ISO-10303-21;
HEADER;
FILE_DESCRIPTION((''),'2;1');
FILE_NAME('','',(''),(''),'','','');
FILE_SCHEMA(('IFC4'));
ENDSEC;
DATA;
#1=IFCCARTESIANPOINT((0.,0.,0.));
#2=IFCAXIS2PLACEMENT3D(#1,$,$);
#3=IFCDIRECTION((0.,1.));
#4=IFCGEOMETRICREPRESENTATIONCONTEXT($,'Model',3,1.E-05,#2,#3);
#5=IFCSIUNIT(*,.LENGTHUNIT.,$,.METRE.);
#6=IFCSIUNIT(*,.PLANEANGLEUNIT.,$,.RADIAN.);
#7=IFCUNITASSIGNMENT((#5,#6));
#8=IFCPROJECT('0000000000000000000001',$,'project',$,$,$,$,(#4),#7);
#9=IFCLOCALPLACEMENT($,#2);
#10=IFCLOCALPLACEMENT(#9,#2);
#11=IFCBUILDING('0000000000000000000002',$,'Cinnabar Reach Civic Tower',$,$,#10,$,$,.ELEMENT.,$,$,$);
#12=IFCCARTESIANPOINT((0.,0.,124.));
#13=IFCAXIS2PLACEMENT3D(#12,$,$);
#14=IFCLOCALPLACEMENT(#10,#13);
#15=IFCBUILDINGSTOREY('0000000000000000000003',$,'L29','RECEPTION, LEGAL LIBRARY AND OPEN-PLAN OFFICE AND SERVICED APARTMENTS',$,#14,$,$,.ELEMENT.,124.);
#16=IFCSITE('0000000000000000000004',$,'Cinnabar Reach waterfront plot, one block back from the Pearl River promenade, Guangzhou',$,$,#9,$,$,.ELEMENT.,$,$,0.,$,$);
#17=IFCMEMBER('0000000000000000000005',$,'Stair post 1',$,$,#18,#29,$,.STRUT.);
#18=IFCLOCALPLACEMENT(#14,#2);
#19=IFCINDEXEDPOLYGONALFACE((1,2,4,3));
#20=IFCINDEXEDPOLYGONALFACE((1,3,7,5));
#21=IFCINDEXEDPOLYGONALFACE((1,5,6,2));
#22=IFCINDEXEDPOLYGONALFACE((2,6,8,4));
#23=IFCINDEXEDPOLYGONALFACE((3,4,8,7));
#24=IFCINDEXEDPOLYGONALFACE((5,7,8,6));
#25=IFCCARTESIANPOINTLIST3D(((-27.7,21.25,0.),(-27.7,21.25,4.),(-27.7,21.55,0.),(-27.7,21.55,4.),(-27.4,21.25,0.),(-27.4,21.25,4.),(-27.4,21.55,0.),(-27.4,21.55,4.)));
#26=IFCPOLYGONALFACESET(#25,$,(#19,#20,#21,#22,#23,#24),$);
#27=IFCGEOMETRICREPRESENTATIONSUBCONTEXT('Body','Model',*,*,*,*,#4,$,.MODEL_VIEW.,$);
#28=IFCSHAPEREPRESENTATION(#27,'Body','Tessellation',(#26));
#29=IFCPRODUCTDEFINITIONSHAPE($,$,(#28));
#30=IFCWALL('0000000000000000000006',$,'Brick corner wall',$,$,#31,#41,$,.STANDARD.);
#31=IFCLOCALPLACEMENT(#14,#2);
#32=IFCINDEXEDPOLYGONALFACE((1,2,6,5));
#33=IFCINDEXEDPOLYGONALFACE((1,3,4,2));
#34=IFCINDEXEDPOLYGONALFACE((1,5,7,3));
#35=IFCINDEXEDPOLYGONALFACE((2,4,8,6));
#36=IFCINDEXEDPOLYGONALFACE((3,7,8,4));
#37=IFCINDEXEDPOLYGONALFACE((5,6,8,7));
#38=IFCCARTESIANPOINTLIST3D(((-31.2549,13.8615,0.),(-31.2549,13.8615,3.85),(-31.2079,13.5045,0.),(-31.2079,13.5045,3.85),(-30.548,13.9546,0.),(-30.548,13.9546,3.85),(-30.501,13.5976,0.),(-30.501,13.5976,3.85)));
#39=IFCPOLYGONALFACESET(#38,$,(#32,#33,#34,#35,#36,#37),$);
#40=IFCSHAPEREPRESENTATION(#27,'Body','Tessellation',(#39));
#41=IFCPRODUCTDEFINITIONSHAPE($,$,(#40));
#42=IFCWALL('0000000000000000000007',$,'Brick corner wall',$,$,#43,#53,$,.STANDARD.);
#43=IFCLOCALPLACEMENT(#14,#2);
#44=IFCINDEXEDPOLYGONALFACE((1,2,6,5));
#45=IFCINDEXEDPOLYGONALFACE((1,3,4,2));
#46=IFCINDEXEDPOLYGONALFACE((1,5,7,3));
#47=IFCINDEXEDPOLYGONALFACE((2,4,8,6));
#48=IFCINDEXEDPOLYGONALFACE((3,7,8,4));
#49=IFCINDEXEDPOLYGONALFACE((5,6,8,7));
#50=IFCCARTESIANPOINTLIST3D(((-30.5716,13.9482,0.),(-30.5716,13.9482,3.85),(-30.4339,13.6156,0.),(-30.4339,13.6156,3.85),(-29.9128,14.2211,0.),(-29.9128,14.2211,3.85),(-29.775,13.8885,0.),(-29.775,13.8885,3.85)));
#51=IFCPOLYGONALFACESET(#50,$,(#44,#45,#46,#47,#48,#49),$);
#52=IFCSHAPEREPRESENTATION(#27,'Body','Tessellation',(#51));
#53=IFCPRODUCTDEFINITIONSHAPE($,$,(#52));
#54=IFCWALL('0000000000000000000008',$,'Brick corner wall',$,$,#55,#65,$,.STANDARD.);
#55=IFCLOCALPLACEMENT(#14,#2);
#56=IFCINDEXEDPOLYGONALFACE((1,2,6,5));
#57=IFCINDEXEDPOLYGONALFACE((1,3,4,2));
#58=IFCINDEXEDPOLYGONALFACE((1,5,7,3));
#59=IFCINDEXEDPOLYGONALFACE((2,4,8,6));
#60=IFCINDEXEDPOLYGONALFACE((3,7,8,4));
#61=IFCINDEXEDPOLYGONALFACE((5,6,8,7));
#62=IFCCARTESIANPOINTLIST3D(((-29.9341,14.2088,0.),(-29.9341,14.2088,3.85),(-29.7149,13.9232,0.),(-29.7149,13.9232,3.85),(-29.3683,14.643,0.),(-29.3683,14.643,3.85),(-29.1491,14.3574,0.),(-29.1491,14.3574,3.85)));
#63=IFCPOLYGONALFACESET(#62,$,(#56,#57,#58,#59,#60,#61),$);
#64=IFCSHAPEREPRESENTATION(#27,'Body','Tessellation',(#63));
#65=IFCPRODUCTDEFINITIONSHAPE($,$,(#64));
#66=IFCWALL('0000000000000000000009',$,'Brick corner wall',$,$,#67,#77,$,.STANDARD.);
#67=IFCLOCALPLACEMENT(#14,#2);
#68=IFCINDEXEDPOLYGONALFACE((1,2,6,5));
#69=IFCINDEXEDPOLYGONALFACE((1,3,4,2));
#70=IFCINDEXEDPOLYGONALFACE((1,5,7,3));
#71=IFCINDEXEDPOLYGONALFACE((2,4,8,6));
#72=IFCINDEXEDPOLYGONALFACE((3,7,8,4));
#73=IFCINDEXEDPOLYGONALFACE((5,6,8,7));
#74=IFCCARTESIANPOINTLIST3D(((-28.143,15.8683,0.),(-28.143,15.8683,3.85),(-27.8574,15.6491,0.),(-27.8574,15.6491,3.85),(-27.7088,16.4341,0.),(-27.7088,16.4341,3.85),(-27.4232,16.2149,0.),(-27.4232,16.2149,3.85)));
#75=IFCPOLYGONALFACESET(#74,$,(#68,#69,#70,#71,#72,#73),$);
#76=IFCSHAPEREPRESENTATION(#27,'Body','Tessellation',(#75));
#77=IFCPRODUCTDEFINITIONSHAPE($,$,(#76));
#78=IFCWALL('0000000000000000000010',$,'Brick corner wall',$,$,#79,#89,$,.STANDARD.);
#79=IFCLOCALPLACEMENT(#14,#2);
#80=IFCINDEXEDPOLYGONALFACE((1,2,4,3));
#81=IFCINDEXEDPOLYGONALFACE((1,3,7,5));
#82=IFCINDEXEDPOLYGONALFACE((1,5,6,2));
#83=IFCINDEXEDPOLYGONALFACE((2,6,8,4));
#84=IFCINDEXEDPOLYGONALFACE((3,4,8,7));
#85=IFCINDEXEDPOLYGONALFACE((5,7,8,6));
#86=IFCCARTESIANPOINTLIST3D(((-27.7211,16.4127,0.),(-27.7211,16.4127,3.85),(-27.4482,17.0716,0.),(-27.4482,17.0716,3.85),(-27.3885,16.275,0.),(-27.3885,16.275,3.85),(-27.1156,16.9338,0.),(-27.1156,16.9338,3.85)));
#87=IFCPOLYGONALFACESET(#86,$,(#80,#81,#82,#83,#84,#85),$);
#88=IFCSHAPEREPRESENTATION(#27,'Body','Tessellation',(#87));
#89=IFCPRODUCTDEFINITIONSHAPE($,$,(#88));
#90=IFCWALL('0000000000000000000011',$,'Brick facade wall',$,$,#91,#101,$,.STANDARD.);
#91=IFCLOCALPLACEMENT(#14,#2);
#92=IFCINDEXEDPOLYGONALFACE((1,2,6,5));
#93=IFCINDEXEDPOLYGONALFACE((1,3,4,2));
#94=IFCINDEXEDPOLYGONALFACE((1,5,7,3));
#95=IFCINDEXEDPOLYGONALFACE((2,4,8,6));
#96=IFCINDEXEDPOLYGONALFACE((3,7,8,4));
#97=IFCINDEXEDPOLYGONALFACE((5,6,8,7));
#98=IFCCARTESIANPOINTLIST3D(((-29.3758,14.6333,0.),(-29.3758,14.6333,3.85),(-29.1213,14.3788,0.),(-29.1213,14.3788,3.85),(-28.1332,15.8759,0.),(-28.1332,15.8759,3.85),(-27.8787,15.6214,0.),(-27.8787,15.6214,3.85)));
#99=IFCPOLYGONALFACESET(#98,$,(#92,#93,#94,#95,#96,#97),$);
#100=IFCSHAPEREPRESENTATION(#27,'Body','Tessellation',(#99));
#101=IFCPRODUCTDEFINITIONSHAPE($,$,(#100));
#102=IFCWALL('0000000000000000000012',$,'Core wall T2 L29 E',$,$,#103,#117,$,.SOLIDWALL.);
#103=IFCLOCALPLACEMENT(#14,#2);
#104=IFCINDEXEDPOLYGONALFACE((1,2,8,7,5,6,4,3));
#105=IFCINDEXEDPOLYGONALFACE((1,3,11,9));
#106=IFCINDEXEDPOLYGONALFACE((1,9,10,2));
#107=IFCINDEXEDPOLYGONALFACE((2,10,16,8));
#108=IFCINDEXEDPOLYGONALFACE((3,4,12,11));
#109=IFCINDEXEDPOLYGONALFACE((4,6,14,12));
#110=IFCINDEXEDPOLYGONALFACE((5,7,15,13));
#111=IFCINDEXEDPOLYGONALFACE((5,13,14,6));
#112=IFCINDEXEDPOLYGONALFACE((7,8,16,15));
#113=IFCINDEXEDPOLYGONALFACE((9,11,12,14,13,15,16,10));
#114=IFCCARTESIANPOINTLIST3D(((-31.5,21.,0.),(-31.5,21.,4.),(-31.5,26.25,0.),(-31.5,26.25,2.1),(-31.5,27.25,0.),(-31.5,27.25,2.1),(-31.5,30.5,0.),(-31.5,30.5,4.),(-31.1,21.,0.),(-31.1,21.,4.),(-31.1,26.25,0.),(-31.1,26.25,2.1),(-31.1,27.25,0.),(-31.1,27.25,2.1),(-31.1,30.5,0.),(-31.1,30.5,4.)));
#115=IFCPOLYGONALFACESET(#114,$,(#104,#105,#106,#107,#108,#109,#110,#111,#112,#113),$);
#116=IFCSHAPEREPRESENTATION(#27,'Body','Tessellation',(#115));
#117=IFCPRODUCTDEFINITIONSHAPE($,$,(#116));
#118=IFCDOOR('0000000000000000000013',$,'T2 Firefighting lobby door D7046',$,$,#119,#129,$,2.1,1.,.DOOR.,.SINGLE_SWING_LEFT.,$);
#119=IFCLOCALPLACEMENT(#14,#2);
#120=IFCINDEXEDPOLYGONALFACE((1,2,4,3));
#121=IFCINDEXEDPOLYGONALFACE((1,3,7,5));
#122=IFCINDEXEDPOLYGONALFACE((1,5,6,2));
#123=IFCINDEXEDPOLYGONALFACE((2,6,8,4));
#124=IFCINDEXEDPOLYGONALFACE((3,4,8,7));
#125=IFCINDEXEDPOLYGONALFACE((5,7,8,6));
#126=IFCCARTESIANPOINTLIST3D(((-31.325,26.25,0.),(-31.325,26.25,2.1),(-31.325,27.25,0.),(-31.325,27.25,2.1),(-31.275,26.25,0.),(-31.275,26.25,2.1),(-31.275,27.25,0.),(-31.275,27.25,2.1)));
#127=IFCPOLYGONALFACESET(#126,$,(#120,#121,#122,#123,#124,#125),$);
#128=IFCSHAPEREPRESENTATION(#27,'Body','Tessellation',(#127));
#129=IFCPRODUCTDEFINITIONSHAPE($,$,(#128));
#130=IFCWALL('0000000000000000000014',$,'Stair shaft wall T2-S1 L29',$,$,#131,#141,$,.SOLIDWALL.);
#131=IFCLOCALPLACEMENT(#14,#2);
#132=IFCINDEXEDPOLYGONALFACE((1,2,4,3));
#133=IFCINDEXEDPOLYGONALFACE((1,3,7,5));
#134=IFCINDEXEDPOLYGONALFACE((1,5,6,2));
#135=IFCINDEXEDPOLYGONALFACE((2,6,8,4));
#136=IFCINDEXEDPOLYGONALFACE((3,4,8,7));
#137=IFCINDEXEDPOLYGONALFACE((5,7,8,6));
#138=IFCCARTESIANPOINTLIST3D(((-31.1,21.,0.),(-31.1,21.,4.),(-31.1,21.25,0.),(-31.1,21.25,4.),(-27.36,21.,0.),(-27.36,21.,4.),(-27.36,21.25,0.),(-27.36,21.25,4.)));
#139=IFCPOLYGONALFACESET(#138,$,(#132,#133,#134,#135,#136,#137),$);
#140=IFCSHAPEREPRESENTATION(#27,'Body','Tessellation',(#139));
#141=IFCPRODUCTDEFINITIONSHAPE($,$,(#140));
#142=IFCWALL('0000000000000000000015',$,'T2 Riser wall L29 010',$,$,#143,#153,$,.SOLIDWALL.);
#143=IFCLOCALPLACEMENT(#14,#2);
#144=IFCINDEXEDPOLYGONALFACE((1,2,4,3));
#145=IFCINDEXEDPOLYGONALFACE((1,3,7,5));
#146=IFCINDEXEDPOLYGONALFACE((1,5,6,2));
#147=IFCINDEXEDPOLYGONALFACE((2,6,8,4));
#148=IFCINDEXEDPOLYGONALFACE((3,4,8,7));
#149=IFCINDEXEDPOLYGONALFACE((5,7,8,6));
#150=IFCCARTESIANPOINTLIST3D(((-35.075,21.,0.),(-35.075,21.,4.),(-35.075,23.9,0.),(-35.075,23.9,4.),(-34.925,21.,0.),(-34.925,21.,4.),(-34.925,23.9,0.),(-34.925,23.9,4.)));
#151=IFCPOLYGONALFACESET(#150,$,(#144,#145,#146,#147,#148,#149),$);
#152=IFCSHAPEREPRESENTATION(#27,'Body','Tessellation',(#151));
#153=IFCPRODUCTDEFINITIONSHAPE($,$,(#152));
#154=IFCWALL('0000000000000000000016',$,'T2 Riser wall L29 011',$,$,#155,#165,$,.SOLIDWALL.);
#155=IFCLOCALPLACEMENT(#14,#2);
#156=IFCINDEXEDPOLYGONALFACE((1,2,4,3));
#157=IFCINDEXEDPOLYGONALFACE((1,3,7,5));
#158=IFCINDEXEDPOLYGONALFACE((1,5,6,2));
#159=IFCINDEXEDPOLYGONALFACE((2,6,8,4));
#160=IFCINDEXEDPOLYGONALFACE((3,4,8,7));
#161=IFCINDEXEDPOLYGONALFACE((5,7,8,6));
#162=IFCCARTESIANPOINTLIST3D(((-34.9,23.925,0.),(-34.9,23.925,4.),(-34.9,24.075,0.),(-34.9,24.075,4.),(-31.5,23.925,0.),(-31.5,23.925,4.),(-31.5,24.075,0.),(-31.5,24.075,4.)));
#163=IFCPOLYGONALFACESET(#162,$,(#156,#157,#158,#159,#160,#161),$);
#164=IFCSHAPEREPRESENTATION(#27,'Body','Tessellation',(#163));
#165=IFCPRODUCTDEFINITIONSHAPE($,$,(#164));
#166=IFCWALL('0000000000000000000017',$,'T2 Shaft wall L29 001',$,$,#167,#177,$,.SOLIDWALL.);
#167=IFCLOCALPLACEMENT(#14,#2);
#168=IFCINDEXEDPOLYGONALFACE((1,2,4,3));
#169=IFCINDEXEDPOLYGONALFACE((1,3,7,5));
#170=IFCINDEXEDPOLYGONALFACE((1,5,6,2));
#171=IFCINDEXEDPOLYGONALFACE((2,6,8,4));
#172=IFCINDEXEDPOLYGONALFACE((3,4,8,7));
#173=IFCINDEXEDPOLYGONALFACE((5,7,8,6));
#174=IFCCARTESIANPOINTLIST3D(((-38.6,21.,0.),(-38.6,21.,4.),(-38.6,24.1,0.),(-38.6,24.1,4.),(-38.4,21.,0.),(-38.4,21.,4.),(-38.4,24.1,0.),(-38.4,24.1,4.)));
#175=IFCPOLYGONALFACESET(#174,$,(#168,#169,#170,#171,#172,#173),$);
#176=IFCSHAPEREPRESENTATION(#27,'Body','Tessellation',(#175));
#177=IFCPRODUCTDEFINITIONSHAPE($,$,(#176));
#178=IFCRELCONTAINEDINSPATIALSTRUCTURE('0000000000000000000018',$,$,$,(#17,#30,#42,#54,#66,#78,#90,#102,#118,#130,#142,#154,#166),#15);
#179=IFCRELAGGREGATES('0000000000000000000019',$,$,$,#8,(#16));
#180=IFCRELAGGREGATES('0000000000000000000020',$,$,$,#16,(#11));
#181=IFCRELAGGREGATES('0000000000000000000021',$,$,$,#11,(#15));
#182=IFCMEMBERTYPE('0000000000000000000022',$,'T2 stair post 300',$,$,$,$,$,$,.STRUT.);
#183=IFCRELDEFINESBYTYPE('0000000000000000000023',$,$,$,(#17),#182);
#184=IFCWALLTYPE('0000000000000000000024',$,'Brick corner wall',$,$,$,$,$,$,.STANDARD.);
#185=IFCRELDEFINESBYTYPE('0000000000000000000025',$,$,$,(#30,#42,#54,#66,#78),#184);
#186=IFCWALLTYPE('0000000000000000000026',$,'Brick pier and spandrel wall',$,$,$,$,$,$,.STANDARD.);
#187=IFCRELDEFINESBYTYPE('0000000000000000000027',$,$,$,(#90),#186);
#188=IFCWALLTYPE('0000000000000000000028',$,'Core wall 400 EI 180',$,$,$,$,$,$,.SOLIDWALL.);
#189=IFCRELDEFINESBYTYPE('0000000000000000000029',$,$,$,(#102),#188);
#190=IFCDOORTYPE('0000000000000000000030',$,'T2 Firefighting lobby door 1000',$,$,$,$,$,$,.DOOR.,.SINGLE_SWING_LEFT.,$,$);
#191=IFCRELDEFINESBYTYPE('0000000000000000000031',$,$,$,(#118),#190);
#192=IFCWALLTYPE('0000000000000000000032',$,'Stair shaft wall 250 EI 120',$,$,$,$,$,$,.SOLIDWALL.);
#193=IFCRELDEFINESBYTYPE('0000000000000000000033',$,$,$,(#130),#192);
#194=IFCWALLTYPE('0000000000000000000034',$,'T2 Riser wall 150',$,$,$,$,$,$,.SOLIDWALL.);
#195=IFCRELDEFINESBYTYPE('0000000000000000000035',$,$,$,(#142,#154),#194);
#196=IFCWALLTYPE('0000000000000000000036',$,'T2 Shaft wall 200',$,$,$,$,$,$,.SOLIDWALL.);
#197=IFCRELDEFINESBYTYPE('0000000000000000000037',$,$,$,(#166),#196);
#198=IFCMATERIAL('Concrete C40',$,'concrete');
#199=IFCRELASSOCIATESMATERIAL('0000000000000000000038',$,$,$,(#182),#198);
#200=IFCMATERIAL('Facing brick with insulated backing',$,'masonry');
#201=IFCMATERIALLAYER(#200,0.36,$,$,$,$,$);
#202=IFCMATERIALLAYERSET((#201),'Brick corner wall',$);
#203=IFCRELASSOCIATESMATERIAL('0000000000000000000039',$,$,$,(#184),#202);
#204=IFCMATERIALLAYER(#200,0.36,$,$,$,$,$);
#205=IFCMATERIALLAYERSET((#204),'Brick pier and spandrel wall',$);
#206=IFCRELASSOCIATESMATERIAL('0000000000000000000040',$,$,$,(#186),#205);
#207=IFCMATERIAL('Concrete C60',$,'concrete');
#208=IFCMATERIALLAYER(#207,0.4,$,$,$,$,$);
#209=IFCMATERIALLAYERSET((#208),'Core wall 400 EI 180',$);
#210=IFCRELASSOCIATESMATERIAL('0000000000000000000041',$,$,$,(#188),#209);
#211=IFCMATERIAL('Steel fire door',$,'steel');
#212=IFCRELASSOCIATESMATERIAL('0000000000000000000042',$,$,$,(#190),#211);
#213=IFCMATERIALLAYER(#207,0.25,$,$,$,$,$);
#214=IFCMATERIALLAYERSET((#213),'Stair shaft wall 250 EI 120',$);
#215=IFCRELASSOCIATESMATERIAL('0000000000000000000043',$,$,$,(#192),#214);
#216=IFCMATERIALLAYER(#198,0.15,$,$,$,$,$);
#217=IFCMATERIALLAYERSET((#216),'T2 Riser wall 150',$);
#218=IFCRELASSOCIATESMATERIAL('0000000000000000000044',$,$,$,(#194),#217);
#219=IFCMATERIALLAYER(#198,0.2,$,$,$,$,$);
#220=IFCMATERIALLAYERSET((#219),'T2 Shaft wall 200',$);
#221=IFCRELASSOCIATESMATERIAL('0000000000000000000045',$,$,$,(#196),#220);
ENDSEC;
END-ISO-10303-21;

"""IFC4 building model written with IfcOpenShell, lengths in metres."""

from ifc_helpers import new_model, si_unit, direction, frame, frame_2d, origin, origin_2d, place, context, subcontext, project, spatial, rectangle, extrude, material, layer, layer_set, material_profile, profile_set, type_object, element, fill, save


model = new_model("IFC4")

# Units and contexts
model_context = context("Model", 3, precision=1e-05, world=origin(), true_north=direction((0.0, 1.0)))
body_context = subcontext(model_context, "Body", "Model", "MODEL_VIEW")
ifc_project = project(units=[si_unit("LENGTHUNIT", "METRE"), si_unit("PLANEANGLEUNIT", "RADIAN")], contexts=[model_context])

# Site, building, storey
site_placement = place(None, origin())
site = spatial("IfcSite", under=ifc_project, at=site_placement, Name="Cinnabar Reach waterfront plot, one block back from the Pearl River promenade, Guangzhou", CompositionType="ELEMENT", RefElevation=0.0)
building_placement = place(site_placement, origin())
building = spatial("IfcBuilding", under=site, at=building_placement, Name="Cinnabar Reach Civic Tower", CompositionType="ELEMENT")
storey_placement = place(building_placement, frame((0.0, 0.0, 124.0)))
storey = spatial("IfcBuildingStorey", under=building, at=storey_placement, Name="L29", Description="RECEPTION, LEGAL LIBRARY AND OPEN-PLAN OFFICE AND SERVICED APARTMENTS", CompositionType="ELEMENT", Elevation=124.0)

# Shared definitions
ifc_material_1 = material(Name="Concrete C60", Category="concrete")

# Member
ifc_material_2 = material(Name="Concrete C40", Category="concrete")
ifc_material_profile_1 = material_profile(ifc_material_2, rectangle(XDim=0.3, YDim=0.3, at=origin_2d()), Name="C300")
ifc_profile_set_1 = profile_set([ifc_material_profile_1], Name="Concrete C40")
member_type = type_object("IfcMemberType", Name="T2 stair post 300", PredefinedType="STRUT", material=ifc_profile_set_1)
member_placement = place(storey_placement, frame((-27.55, 21.4, 0.0), z_axis=(0.0, 0.0, 1.0), x_axis=(1.0, 0.0, 0.0)))
element("IfcMember", 1, at=member_placement, inside=storey, type_object=member_type, Name="Stair post 1", PredefinedType="STRUT", context=body_context, shape_type="SweptSolid", body=[
    extrude(rectangle(XDim=0.3, YDim=0.3, at=origin_2d()), origin(), (0.0, 0.0, 1.0), 4.0),
])

# Walls
ifc_material_3 = material(Name="Facing brick with insulated backing", Category="masonry")
ifc_layer_1 = layer(ifc_material_3, 0.36)
ifc_layer_set_1 = layer_set([ifc_layer_1], Name="Brick corner wall")
wall_type_1 = type_object("IfcWallType", Name="Brick corner wall", PredefinedType="STANDARD", material=ifc_layer_set_1)
for number, where, z_axis, x_axis, name in (
    (2, (-31.2314, 13.683, 0.0), (0.0, 0.0, 1.0), (0.991441, 0.130556, 0.0), "Brick corner wall"),
    (3, (-30.5027, 13.7819, 0.0), (0.0, 0.0, 1.0), (0.923872, 0.382703, 0.0), "Brick corner wall"),
):
    element("IfcWall", number, at=place(storey_placement, frame(where, z_axis=z_axis, x_axis=x_axis)), inside=storey, type_object=wall_type_1, Name=name, PredefinedType="STANDARD", context=body_context, shape_type="SweptSolid", body=[
        extrude(rectangle(XDim=0.7131, YDim=0.36, at=frame_2d((0.3565, 0.0))), origin(), (0.0, 0.0, 1.0), 3.85),
    ])
for number, where, z_axis, x_axis, name in (
    (4, (-29.8245, 14.066, 0.0), (0.0, 0.0, 1.0), (0.793322, 0.608802, 0.0), "Brick corner wall"),
    (5, (-28.0002, 15.7587, 0.0), (0.0, 0.0, 1.0), (0.608802, 0.793322, 0.0), "Brick corner wall"),
):
    element("IfcWall", number, at=place(storey_placement, frame(where, z_axis=z_axis, x_axis=x_axis)), inside=storey, type_object=wall_type_1, Name=name, PredefinedType="STANDARD", context=body_context, shape_type="SweptSolid", body=[
        extrude(rectangle(XDim=0.7132, YDim=0.36, at=frame_2d((0.3566, 0.0))), origin(), (0.0, 0.0, 1.0), 3.85),
    ])
wall_1_placement = place(storey_placement, frame((-27.5548, 16.3439, 0.0), z_axis=(0.0, 0.0, 1.0), x_axis=(0.382703, 0.923872, 0.0)))
element("IfcWall", 6, at=wall_1_placement, inside=storey, type_object=wall_type_1, Name="Brick corner wall", PredefinedType="STANDARD", context=body_context, shape_type="SweptSolid", body=[
    extrude(rectangle(XDim=0.7131, YDim=0.36, at=frame_2d((0.3565, 0.0))), origin(), (0.0, 0.0, 1.0), 3.85),
])
ifc_layer_2 = layer(ifc_material_3, 0.36)
ifc_layer_set_2 = layer_set([ifc_layer_2], Name="Brick pier and spandrel wall")
wall_type_2 = type_object("IfcWallType", Name="Brick pier and spandrel wall", PredefinedType="STANDARD", material=ifc_layer_set_2)
wall_2_placement = place(storey_placement, frame((-29.2486, 14.506, 0.0), z_axis=(0.0, 0.0, 1.0), x_axis=(0.707107, 0.707107, 0.0)))
element("IfcWall", 7, at=wall_2_placement, inside=storey, type_object=wall_type_2, Name="Brick facade wall", PredefinedType="STANDARD", context=body_context, shape_type="SweptSolid", body=[
    extrude(rectangle(XDim=1.7573, YDim=0.36, at=frame_2d((0.8787, 0.0))), origin(), (0.0, 0.0, 1.0), 3.85),
])

# Wall, opening, door
ifc_layer_3 = layer(ifc_material_1, 0.4)
ifc_layer_set_3 = layer_set([ifc_layer_3], Name="Core wall 400 EI 180")
wall_type_3 = type_object("IfcWallType", Name="Core wall 400 EI 180", PredefinedType="SOLIDWALL", material=ifc_layer_set_3)
wall_3_placement = place(storey_placement, frame((-31.3, 21.0, 0.0), z_axis=(0.0, 0.0, 1.0), x_axis=(0.0, 1.0, 0.0)))
wall_3 = element("IfcWall", 8, at=wall_3_placement, inside=storey, type_object=wall_type_3, Name="Core wall T2 L29 E", PredefinedType="SOLIDWALL", context=body_context, shape_type="SweptSolid", body=[
    extrude(rectangle(XDim=9.5, YDim=0.4, at=frame_2d((4.75, 0.0))), origin(), (0.0, 0.0, 1.0), 4.0),
])
opening_1_placement = place(wall_3_placement, frame((5.25, 0.0, 0.0)))
opening_1 = element("IfcOpeningElement", 9, at=opening_1_placement, cuts=wall_3, PredefinedType="OPENING", context=body_context, shape_type="SweptSolid", body=[
    extrude(rectangle(XDim=1.0, YDim=2.1, at=frame_2d((0.5, 1.05))), frame((0.0, 0.21, 0.0), z_axis=(0.0, -1.0, 0.0), x_axis=(1.0, 0.0, 0.0)), (0.0, 0.0, 1.0), 0.42),
])
ifc_material_4 = material(Name="Steel fire door", Category="steel")
door_type_1 = type_object("IfcDoorType", Name="T2 Firefighting lobby door 1000", OperationType="SINGLE_SWING_LEFT", PredefinedType="DOOR", material=ifc_material_4)
door_1_placement = place(opening_1_placement, frame((1.0, 0.0, 0.0), z_axis=(0.0, 0.0, 1.0), x_axis=(-1.0, 0.0, 0.0)))
door_1 = element("IfcDoor", 10, at=door_1_placement, inside=storey, type_object=door_type_1, Name="T2 Firefighting lobby door D7046", OperationType="SINGLE_SWING_LEFT", OverallHeight=2.1, OverallWidth=1.0, PredefinedType="DOOR", context=body_context, shape_type="SweptSolid", body=[
    extrude(rectangle(XDim=1.0, YDim=2.1, at=frame_2d((0.5, 1.05))), frame((0.0, 0.025, 0.0), z_axis=(0.0, -1.0, 0.0), x_axis=(1.0, 0.0, 0.0)), (0.0, 0.0, 1.0), 0.05),
])
fill(opening_1, door_1)

# Walls
ifc_layer_4 = layer(ifc_material_1, 0.25)
ifc_layer_set_4 = layer_set([ifc_layer_4], Name="Stair shaft wall 250 EI 120")
wall_type_4 = type_object("IfcWallType", Name="Stair shaft wall 250 EI 120", PredefinedType="SOLIDWALL", material=ifc_layer_set_4)
wall_4_placement = place(storey_placement, frame((-31.1, 21.125, 0.0), z_axis=(0.0, 0.0, 1.0), x_axis=(1.0, 0.0, 0.0)))
element("IfcWall", 11, at=wall_4_placement, inside=storey, type_object=wall_type_4, Name="Stair shaft wall T2-S1 L29", PredefinedType="SOLIDWALL", context=body_context, shape_type="SweptSolid", body=[
    extrude(rectangle(XDim=3.74, YDim=0.25, at=frame_2d((1.87, 0.0))), origin(), (0.0, 0.0, 1.0), 4.0),
])
ifc_layer_5 = layer(ifc_material_2, 0.15)
ifc_layer_set_5 = layer_set([ifc_layer_5], Name="T2 Riser wall 150")
wall_type_5 = type_object("IfcWallType", Name="T2 Riser wall 150", PredefinedType="SOLIDWALL", material=ifc_layer_set_5)
wall_5_placement = place(storey_placement, frame((-35.0, 21.0, 0.0), z_axis=(0.0, 0.0, 1.0), x_axis=(0.0, 1.0, 0.0)))
element("IfcWall", 12, at=wall_5_placement, inside=storey, type_object=wall_type_5, Name="T2 Riser wall L29 010", PredefinedType="SOLIDWALL", context=body_context, shape_type="SweptSolid", body=[
    extrude(rectangle(XDim=2.9, YDim=0.15, at=frame_2d((1.45, 0.0))), origin(), (0.0, 0.0, 1.0), 4.0),
])
wall_6_placement = place(storey_placement, frame((-31.5, 24.0, 0.0), z_axis=(0.0, 0.0, 1.0), x_axis=(-1.0, 0.0, 0.0)))
element("IfcWall", 13, at=wall_6_placement, inside=storey, type_object=wall_type_5, Name="T2 Riser wall L29 011", PredefinedType="SOLIDWALL", context=body_context, shape_type="SweptSolid", body=[
    extrude(rectangle(XDim=3.4, YDim=0.15, at=frame_2d((1.7, 0.0))), origin(), (0.0, 0.0, 1.0), 4.0),
])
ifc_layer_6 = layer(ifc_material_2, 0.2)
ifc_layer_set_6 = layer_set([ifc_layer_6], Name="T2 Shaft wall 200")
wall_type_6 = type_object("IfcWallType", Name="T2 Shaft wall 200", PredefinedType="SOLIDWALL", material=ifc_layer_set_6)
wall_7_placement = place(storey_placement, frame((-38.5, 21.0, 0.0), z_axis=(0.0, 0.0, 1.0), x_axis=(0.0, 1.0, 0.0)))
element("IfcWall", 14, at=wall_7_placement, inside=storey, type_object=wall_type_6, Name="T2 Shaft wall L29 001", PredefinedType="SOLIDWALL", context=body_context, shape_type="SweptSolid", body=[
    extrude(rectangle(XDim=3.1, YDim=0.2, at=frame_2d((1.55, 0.0))), origin(), (0.0, 0.0, 1.0), 4.0),
])

save(model, "model.ifc")
